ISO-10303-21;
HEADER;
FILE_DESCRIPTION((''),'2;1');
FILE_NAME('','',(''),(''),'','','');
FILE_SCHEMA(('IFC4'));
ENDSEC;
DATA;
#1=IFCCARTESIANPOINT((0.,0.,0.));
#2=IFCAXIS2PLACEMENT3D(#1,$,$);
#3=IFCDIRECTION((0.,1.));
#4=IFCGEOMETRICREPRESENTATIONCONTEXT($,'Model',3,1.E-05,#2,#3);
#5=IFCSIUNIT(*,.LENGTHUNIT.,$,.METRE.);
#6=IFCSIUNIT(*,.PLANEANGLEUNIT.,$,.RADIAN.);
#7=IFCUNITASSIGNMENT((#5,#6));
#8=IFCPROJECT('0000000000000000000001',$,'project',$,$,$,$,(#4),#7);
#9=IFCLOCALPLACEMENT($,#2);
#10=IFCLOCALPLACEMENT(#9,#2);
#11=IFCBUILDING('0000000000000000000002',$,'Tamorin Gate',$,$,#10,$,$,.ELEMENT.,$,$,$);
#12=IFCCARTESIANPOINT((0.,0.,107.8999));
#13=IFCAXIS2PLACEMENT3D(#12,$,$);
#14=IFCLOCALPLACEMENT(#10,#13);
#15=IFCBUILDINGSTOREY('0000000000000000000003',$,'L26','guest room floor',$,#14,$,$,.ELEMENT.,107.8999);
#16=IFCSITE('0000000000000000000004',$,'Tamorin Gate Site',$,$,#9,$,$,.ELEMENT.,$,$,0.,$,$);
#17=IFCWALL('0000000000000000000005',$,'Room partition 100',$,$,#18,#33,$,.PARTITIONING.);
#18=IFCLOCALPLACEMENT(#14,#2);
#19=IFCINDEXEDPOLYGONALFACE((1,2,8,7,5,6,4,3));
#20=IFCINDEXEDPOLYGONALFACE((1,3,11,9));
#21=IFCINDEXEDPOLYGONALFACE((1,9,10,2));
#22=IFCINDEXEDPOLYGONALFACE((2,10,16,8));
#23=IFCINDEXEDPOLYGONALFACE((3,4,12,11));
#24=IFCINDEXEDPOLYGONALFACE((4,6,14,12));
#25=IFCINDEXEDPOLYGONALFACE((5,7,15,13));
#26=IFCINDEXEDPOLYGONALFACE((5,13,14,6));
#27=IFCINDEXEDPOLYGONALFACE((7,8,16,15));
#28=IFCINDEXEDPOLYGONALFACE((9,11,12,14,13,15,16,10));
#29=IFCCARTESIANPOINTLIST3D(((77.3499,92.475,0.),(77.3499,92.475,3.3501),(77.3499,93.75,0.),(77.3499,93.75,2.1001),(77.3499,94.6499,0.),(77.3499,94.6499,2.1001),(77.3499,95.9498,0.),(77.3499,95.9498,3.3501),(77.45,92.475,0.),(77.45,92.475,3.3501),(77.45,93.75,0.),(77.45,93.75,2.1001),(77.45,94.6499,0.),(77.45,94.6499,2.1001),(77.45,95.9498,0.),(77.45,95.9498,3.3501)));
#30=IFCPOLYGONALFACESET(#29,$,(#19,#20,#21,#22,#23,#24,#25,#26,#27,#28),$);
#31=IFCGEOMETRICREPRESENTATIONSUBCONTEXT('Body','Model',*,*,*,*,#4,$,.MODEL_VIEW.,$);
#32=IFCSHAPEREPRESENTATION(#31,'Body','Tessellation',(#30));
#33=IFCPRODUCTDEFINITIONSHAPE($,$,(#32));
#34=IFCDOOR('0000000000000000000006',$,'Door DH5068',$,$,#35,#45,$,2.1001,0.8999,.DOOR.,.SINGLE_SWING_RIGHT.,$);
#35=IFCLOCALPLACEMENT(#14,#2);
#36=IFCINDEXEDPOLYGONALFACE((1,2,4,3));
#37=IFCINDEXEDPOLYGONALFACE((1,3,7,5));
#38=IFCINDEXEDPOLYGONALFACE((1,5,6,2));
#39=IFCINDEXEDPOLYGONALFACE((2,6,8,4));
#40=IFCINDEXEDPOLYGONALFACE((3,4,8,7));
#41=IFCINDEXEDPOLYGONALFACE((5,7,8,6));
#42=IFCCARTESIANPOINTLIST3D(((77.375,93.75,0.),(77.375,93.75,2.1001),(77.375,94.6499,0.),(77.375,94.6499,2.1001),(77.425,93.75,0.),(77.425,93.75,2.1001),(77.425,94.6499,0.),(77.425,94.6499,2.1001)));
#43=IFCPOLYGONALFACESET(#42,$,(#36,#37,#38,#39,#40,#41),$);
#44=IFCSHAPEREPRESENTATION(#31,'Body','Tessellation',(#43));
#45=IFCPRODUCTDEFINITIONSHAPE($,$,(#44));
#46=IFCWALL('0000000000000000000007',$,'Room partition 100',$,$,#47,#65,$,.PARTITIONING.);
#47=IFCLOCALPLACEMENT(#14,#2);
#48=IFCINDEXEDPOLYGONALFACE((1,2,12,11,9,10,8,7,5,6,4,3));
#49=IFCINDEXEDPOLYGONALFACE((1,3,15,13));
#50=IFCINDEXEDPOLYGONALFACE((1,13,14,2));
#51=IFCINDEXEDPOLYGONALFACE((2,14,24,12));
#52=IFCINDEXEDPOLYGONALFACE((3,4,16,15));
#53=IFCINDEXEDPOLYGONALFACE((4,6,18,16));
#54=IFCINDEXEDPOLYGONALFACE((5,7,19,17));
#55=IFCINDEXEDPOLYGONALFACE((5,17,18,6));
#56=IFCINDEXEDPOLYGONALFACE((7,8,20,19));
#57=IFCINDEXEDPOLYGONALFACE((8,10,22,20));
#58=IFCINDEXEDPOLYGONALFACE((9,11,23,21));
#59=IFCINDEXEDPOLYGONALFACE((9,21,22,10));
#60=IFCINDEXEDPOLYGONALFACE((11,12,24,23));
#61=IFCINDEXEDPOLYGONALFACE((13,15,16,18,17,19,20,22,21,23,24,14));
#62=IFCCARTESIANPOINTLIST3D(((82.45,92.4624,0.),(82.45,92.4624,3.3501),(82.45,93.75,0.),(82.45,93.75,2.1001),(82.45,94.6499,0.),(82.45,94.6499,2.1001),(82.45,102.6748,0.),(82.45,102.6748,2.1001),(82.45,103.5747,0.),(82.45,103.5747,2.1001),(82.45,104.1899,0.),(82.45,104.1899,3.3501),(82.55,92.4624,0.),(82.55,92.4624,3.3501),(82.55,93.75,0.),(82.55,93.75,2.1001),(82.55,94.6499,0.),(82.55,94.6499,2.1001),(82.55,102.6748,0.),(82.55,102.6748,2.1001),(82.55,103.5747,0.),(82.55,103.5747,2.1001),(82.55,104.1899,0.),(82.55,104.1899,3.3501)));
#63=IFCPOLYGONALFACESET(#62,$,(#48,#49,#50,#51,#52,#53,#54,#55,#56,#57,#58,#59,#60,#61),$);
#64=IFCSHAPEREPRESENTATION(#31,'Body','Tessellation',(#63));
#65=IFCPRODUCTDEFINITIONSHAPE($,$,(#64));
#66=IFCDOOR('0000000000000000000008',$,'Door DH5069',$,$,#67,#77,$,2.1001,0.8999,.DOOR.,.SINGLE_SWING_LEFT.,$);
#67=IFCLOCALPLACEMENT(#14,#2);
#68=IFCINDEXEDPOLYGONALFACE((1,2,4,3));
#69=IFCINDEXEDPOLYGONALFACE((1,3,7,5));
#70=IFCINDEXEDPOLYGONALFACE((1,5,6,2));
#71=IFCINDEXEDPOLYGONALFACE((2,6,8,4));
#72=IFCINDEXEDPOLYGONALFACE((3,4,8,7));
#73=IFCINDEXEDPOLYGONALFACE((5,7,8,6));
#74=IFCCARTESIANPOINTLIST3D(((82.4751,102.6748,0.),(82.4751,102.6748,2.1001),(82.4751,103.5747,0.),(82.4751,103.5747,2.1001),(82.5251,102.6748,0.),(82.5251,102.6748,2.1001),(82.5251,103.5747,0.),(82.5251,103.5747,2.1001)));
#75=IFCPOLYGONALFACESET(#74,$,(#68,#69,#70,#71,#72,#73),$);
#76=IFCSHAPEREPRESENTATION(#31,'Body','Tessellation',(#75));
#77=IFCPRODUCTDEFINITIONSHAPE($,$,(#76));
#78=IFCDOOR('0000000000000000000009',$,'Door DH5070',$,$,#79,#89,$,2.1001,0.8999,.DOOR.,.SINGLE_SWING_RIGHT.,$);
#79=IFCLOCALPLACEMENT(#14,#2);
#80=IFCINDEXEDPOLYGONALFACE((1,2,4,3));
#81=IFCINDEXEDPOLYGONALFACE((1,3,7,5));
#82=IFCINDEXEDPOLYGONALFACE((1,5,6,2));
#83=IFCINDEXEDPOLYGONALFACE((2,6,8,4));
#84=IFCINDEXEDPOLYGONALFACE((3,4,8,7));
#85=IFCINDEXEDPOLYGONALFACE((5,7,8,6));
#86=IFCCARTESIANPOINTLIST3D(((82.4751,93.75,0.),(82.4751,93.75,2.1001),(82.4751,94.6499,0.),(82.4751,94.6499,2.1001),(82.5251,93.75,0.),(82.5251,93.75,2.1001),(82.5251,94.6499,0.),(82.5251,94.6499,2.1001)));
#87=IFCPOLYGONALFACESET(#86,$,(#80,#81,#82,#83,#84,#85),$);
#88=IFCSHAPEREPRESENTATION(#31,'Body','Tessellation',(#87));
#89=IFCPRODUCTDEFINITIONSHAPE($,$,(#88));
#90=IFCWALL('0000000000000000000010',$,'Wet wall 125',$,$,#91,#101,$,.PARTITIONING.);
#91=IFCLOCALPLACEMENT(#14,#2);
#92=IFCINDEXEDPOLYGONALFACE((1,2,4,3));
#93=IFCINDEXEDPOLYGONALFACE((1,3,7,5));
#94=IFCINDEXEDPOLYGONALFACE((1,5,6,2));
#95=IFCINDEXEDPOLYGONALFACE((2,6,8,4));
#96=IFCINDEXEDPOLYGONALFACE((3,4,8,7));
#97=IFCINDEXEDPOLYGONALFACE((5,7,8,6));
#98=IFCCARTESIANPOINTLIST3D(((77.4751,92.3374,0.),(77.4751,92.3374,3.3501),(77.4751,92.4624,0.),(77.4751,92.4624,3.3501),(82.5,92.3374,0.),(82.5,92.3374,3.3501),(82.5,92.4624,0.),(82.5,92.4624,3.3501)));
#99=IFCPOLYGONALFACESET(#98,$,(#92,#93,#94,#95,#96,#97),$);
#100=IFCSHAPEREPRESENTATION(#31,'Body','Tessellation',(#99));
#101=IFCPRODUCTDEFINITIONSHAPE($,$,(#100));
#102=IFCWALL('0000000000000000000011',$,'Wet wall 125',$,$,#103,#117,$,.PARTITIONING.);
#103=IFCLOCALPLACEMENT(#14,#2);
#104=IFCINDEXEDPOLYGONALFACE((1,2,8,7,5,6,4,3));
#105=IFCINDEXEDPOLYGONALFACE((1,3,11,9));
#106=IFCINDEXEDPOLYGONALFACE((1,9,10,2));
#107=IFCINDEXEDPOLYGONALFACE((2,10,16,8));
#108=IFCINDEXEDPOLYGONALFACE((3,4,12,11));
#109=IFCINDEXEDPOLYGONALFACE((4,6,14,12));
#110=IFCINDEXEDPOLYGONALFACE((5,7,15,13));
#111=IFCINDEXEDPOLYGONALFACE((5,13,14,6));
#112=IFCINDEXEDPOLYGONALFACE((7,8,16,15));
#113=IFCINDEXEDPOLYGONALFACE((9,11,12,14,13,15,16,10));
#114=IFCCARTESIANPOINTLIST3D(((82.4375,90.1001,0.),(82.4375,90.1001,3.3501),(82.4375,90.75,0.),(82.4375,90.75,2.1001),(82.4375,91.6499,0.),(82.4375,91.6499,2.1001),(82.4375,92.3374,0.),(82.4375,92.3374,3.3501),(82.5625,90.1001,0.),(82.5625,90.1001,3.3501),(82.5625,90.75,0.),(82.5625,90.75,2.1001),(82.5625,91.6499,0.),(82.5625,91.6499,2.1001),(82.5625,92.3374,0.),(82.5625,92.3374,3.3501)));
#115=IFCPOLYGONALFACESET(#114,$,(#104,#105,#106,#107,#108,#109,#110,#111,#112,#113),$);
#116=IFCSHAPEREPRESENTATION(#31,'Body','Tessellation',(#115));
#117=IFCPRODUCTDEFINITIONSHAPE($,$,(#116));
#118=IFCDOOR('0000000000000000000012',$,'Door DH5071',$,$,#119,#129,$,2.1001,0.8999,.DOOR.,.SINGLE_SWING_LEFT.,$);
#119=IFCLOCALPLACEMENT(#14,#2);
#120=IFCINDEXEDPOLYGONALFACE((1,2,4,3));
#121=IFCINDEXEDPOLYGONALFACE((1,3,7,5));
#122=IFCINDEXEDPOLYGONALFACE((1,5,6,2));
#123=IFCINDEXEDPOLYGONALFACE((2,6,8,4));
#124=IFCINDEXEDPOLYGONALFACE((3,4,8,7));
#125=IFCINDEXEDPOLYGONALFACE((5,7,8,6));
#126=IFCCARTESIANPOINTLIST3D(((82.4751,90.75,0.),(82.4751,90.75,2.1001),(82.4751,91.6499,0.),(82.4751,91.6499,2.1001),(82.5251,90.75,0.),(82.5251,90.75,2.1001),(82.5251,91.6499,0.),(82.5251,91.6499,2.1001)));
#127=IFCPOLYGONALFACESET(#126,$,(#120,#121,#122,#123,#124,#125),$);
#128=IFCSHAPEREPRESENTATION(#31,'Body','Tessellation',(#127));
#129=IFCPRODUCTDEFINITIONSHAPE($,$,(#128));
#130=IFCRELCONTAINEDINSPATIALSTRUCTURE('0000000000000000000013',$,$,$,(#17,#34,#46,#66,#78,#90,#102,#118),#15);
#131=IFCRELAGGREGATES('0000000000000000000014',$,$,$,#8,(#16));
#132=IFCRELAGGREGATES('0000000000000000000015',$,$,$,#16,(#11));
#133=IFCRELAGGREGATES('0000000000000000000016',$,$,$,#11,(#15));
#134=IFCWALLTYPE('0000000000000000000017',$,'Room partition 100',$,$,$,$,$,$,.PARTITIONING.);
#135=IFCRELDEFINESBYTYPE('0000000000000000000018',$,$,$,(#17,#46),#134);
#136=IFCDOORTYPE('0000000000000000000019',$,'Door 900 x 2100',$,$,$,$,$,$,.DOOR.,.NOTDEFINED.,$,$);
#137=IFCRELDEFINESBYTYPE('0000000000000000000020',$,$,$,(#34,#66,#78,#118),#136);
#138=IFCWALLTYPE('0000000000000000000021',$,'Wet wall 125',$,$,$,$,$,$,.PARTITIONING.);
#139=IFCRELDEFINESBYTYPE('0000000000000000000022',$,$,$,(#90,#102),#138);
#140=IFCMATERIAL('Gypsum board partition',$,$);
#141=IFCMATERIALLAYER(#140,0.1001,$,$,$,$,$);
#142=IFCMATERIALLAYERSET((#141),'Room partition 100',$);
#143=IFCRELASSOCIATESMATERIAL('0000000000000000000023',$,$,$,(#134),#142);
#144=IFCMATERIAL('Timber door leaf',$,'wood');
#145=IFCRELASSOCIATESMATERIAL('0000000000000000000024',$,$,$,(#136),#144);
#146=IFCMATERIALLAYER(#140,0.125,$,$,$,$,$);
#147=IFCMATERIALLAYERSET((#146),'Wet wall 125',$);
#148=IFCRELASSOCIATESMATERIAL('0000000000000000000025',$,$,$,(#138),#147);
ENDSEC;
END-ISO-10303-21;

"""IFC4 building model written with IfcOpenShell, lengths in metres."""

from ifc_helpers import new_model, si_unit, direction, frame, frame_2d, origin, place, context, subcontext, project, spatial, rectangle, extrude, material, layer, layer_set, type_object, element, fill, save


model = new_model("IFC4")

# Units and contexts
model_context = context("Model", 3, precision=1e-05, world=origin(), true_north=direction((0.0, 1.0)))
body_context = subcontext(model_context, "Body", "Model", "MODEL_VIEW")
ifc_project = project(units=[si_unit("LENGTHUNIT", "METRE"), si_unit("PLANEANGLEUNIT", "RADIAN")], contexts=[model_context])

# Site, building, storey
site_placement = place(None, origin())
site = spatial("IfcSite", under=ifc_project, at=site_placement, Name="Tamorin Gate Site", CompositionType="ELEMENT", RefElevation=0.0)
building_placement = place(site_placement, origin())
building = spatial("IfcBuilding", under=site, at=building_placement, Name="Tamorin Gate", CompositionType="ELEMENT")
storey_placement = place(building_placement, frame((0.0, 0.0, 107.8999)))
storey = spatial("IfcBuildingStorey", under=building, at=storey_placement, Name="L26", Description="guest room floor", CompositionType="ELEMENT", Elevation=107.8999)

# Shared definitions
ifc_material_1 = material(Name="Gypsum board partition")

# Wall, opening, door
ifc_layer_1 = layer(ifc_material_1, 0.1001)
ifc_layer_set_1 = layer_set([ifc_layer_1], Name="Room partition 100")
wall_type_1 = type_object("IfcWallType", Name="Room partition 100", PredefinedType="PARTITIONING", material=ifc_layer_set_1)
ifc_material_2 = material(Name="Timber door leaf", Category="wood")
door_type = type_object("IfcDoorType", Name="Door 900 x 2100", OperationType="NOTDEFINED", PredefinedType="DOOR", material=ifc_material_2)
wall_1_placement = place(storey_placement, frame((77.3999, 92.4751, 0.0), z_axis=(0.0, 0.0, 1.0), x_axis=(0.0, 1.0, 0.0)))
wall_1 = element("IfcWall", 1, at=wall_1_placement, inside=storey, type_object=wall_type_1, Name="Room partition 100", PredefinedType="PARTITIONING", context=body_context, shape_type="SweptSolid", body=[
    extrude(rectangle(XDim=3.4749, YDim=0.1001, at=frame_2d((1.7373, 0.0))), origin(), (0.0, 0.0, 1.0), 3.3501),
])
opening_1_placement = place(wall_1_placement, frame((1.2749, 0.0, 0.0)))
opening_1 = element("IfcOpeningElement", 2, at=opening_1_placement, cuts=wall_1, PredefinedType="OPENING", context=body_context, shape_type="SweptSolid", body=[
    extrude(rectangle(XDim=0.8999, YDim=2.1001, at=frame_2d((0.45, 1.05))), frame((0.0, 0.0601, 0.0), z_axis=(0.0, -1.0, 0.0), x_axis=(1.0, 0.0, 0.0)), (0.0, 0.0, 1.0), 0.1201),
])
door_1_placement = place(opening_1_placement, origin())
door_1 = element("IfcDoor", 3, at=door_1_placement, inside=storey, type_object=door_type, Name="Door DH5068", OperationType="SINGLE_SWING_RIGHT", OverallHeight=2.1001, OverallWidth=0.8999, PredefinedType="DOOR", context=body_context, shape_type="SweptSolid", body=[
    extrude(rectangle(XDim=0.8999, YDim=2.1001, at=frame_2d((0.45, 1.05))), frame((0.0, 0.0249, 0.0), z_axis=(0.0, -1.0, 0.0), x_axis=(1.0, 0.0, 0.0)), (0.0, 0.0, 1.0), 0.05),
])
fill(opening_1, door_1)

# Wall, openings, doors
wall_2_placement = place(storey_placement, frame((82.5, 92.4624, 0.0), z_axis=(0.0, 0.0, 1.0), x_axis=(0.0, 1.0, 0.0)))
wall_2 = element("IfcWall", 4, at=wall_2_placement, inside=storey, type_object=wall_type_1, Name="Room partition 100", PredefinedType="PARTITIONING", context=body_context, shape_type="SweptSolid", body=[
    extrude(rectangle(XDim=11.7275, YDim=0.1001, at=frame_2d((5.8638, 0.0))), origin(), (0.0, 0.0, 1.0), 3.3501),
])
opening_2_placement = place(wall_2_placement, frame((10.2124, 0.0, 0.0)))
opening_2 = element("IfcOpeningElement", 5, at=opening_2_placement, cuts=wall_2, PredefinedType="OPENING", context=body_context, shape_type="SweptSolid", body=[
    extrude(rectangle(XDim=0.8999, YDim=2.1001, at=frame_2d((0.45, 1.05))), frame((0.0, 0.0601, 0.0), z_axis=(0.0, -1.0, 0.0), x_axis=(1.0, 0.0, 0.0)), (0.0, 0.0, 1.0), 0.1201),
])
opening_3_placement = place(wall_2_placement, frame((1.2876, 0.0, 0.0)))
opening_3 = element("IfcOpeningElement", 6, at=opening_3_placement, cuts=wall_2, PredefinedType="OPENING", context=body_context, shape_type="SweptSolid", body=[
    extrude(rectangle(XDim=0.8999, YDim=2.1001, at=frame_2d((0.45, 1.05))), frame((0.0, 0.0601, 0.0), z_axis=(0.0, -1.0, 0.0), x_axis=(1.0, 0.0, 0.0)), (0.0, 0.0, 1.0), 0.1201),
])
door_2_placement = place(opening_2_placement, origin())
door_2 = element("IfcDoor", 7, at=door_2_placement, inside=storey, type_object=door_type, Name="Door DH5069", OperationType="SINGLE_SWING_LEFT", OverallHeight=2.1001, OverallWidth=0.8999, PredefinedType="DOOR", context=body_context, shape_type="SweptSolid", body=[
    extrude(rectangle(XDim=0.8999, YDim=2.1001, at=frame_2d((0.45, 1.05))), frame((0.0, 0.0249, 0.0), z_axis=(0.0, -1.0, 0.0), x_axis=(1.0, 0.0, 0.0)), (0.0, 0.0, 1.0), 0.05),
])
fill(opening_2, door_2)
door_3_placement = place(opening_3_placement, origin())
door_3 = element("IfcDoor", 8, at=door_3_placement, inside=storey, type_object=door_type, Name="Door DH5070", OperationType="SINGLE_SWING_RIGHT", OverallHeight=2.1001, OverallWidth=0.8999, PredefinedType="DOOR", context=body_context, shape_type="SweptSolid", body=[
    extrude(rectangle(XDim=0.8999, YDim=2.1001, at=frame_2d((0.45, 1.05))), frame((0.0, 0.0249, 0.0), z_axis=(0.0, -1.0, 0.0), x_axis=(1.0, 0.0, 0.0)), (0.0, 0.0, 1.0), 0.05),
])
fill(opening_3, door_3)

# Wall
ifc_layer_2 = layer(ifc_material_1, 0.125)
ifc_layer_set_2 = layer_set([ifc_layer_2], Name="Wet wall 125")
wall_type_2 = type_object("IfcWallType", Name="Wet wall 125", PredefinedType="PARTITIONING", material=ifc_layer_set_2)
wall_3_placement = place(storey_placement, frame((77.4751, 92.3999, 0.0), z_axis=(0.0, 0.0, 1.0), x_axis=(1.0, 0.0, 0.0)))
element("IfcWall", 9, at=wall_3_placement, inside=storey, type_object=wall_type_2, Name="Wet wall 125", PredefinedType="PARTITIONING", context=body_context, shape_type="SweptSolid", body=[
    extrude(rectangle(XDim=5.0249, YDim=0.125, at=frame_2d((2.5125, 0.0))), origin(), (0.0, 0.0, 1.0), 3.3501),
])

# Wall, opening, door
wall_4_placement = place(storey_placement, frame((82.5, 90.1001, 0.0), z_axis=(0.0, 0.0, 1.0), x_axis=(0.0, 1.0, 0.0)))
wall_4 = element("IfcWall", 10, at=wall_4_placement, inside=storey, type_object=wall_type_2, Name="Wet wall 125", PredefinedType="PARTITIONING", context=body_context, shape_type="SweptSolid", body=[
    extrude(rectangle(XDim=2.2373, YDim=0.125, at=frame_2d((1.1187, 0.0))), origin(), (0.0, 0.0, 1.0), 3.3501),
])
opening_4_placement = place(wall_4_placement, frame((0.6499, 0.0, 0.0)))
opening_4 = element("IfcOpeningElement", 11, at=opening_4_placement, cuts=wall_4, PredefinedType="OPENING", context=body_context, shape_type="SweptSolid", body=[
    extrude(rectangle(XDim=0.8999, YDim=2.1001, at=frame_2d((0.45, 1.05))), frame((0.0, 0.0725, 0.0), z_axis=(0.0, -1.0, 0.0), x_axis=(1.0, 0.0, 0.0)), (0.0, 0.0, 1.0), 0.145),
])
door_4_placement = place(opening_4_placement, origin())
door_4 = element("IfcDoor", 12, at=door_4_placement, inside=storey, type_object=door_type, Name="Door DH5071", OperationType="SINGLE_SWING_LEFT", OverallHeight=2.1001, OverallWidth=0.8999, PredefinedType="DOOR", context=body_context, shape_type="SweptSolid", body=[
    extrude(rectangle(XDim=0.8999, YDim=2.1001, at=frame_2d((0.45, 1.05))), frame((0.0, 0.0249, 0.0), z_axis=(0.0, -1.0, 0.0), x_axis=(1.0, 0.0, 0.0)), (0.0, 0.0, 1.0), 0.05),
])
fill(opening_4, door_4)

save(model, "model.ifc")
